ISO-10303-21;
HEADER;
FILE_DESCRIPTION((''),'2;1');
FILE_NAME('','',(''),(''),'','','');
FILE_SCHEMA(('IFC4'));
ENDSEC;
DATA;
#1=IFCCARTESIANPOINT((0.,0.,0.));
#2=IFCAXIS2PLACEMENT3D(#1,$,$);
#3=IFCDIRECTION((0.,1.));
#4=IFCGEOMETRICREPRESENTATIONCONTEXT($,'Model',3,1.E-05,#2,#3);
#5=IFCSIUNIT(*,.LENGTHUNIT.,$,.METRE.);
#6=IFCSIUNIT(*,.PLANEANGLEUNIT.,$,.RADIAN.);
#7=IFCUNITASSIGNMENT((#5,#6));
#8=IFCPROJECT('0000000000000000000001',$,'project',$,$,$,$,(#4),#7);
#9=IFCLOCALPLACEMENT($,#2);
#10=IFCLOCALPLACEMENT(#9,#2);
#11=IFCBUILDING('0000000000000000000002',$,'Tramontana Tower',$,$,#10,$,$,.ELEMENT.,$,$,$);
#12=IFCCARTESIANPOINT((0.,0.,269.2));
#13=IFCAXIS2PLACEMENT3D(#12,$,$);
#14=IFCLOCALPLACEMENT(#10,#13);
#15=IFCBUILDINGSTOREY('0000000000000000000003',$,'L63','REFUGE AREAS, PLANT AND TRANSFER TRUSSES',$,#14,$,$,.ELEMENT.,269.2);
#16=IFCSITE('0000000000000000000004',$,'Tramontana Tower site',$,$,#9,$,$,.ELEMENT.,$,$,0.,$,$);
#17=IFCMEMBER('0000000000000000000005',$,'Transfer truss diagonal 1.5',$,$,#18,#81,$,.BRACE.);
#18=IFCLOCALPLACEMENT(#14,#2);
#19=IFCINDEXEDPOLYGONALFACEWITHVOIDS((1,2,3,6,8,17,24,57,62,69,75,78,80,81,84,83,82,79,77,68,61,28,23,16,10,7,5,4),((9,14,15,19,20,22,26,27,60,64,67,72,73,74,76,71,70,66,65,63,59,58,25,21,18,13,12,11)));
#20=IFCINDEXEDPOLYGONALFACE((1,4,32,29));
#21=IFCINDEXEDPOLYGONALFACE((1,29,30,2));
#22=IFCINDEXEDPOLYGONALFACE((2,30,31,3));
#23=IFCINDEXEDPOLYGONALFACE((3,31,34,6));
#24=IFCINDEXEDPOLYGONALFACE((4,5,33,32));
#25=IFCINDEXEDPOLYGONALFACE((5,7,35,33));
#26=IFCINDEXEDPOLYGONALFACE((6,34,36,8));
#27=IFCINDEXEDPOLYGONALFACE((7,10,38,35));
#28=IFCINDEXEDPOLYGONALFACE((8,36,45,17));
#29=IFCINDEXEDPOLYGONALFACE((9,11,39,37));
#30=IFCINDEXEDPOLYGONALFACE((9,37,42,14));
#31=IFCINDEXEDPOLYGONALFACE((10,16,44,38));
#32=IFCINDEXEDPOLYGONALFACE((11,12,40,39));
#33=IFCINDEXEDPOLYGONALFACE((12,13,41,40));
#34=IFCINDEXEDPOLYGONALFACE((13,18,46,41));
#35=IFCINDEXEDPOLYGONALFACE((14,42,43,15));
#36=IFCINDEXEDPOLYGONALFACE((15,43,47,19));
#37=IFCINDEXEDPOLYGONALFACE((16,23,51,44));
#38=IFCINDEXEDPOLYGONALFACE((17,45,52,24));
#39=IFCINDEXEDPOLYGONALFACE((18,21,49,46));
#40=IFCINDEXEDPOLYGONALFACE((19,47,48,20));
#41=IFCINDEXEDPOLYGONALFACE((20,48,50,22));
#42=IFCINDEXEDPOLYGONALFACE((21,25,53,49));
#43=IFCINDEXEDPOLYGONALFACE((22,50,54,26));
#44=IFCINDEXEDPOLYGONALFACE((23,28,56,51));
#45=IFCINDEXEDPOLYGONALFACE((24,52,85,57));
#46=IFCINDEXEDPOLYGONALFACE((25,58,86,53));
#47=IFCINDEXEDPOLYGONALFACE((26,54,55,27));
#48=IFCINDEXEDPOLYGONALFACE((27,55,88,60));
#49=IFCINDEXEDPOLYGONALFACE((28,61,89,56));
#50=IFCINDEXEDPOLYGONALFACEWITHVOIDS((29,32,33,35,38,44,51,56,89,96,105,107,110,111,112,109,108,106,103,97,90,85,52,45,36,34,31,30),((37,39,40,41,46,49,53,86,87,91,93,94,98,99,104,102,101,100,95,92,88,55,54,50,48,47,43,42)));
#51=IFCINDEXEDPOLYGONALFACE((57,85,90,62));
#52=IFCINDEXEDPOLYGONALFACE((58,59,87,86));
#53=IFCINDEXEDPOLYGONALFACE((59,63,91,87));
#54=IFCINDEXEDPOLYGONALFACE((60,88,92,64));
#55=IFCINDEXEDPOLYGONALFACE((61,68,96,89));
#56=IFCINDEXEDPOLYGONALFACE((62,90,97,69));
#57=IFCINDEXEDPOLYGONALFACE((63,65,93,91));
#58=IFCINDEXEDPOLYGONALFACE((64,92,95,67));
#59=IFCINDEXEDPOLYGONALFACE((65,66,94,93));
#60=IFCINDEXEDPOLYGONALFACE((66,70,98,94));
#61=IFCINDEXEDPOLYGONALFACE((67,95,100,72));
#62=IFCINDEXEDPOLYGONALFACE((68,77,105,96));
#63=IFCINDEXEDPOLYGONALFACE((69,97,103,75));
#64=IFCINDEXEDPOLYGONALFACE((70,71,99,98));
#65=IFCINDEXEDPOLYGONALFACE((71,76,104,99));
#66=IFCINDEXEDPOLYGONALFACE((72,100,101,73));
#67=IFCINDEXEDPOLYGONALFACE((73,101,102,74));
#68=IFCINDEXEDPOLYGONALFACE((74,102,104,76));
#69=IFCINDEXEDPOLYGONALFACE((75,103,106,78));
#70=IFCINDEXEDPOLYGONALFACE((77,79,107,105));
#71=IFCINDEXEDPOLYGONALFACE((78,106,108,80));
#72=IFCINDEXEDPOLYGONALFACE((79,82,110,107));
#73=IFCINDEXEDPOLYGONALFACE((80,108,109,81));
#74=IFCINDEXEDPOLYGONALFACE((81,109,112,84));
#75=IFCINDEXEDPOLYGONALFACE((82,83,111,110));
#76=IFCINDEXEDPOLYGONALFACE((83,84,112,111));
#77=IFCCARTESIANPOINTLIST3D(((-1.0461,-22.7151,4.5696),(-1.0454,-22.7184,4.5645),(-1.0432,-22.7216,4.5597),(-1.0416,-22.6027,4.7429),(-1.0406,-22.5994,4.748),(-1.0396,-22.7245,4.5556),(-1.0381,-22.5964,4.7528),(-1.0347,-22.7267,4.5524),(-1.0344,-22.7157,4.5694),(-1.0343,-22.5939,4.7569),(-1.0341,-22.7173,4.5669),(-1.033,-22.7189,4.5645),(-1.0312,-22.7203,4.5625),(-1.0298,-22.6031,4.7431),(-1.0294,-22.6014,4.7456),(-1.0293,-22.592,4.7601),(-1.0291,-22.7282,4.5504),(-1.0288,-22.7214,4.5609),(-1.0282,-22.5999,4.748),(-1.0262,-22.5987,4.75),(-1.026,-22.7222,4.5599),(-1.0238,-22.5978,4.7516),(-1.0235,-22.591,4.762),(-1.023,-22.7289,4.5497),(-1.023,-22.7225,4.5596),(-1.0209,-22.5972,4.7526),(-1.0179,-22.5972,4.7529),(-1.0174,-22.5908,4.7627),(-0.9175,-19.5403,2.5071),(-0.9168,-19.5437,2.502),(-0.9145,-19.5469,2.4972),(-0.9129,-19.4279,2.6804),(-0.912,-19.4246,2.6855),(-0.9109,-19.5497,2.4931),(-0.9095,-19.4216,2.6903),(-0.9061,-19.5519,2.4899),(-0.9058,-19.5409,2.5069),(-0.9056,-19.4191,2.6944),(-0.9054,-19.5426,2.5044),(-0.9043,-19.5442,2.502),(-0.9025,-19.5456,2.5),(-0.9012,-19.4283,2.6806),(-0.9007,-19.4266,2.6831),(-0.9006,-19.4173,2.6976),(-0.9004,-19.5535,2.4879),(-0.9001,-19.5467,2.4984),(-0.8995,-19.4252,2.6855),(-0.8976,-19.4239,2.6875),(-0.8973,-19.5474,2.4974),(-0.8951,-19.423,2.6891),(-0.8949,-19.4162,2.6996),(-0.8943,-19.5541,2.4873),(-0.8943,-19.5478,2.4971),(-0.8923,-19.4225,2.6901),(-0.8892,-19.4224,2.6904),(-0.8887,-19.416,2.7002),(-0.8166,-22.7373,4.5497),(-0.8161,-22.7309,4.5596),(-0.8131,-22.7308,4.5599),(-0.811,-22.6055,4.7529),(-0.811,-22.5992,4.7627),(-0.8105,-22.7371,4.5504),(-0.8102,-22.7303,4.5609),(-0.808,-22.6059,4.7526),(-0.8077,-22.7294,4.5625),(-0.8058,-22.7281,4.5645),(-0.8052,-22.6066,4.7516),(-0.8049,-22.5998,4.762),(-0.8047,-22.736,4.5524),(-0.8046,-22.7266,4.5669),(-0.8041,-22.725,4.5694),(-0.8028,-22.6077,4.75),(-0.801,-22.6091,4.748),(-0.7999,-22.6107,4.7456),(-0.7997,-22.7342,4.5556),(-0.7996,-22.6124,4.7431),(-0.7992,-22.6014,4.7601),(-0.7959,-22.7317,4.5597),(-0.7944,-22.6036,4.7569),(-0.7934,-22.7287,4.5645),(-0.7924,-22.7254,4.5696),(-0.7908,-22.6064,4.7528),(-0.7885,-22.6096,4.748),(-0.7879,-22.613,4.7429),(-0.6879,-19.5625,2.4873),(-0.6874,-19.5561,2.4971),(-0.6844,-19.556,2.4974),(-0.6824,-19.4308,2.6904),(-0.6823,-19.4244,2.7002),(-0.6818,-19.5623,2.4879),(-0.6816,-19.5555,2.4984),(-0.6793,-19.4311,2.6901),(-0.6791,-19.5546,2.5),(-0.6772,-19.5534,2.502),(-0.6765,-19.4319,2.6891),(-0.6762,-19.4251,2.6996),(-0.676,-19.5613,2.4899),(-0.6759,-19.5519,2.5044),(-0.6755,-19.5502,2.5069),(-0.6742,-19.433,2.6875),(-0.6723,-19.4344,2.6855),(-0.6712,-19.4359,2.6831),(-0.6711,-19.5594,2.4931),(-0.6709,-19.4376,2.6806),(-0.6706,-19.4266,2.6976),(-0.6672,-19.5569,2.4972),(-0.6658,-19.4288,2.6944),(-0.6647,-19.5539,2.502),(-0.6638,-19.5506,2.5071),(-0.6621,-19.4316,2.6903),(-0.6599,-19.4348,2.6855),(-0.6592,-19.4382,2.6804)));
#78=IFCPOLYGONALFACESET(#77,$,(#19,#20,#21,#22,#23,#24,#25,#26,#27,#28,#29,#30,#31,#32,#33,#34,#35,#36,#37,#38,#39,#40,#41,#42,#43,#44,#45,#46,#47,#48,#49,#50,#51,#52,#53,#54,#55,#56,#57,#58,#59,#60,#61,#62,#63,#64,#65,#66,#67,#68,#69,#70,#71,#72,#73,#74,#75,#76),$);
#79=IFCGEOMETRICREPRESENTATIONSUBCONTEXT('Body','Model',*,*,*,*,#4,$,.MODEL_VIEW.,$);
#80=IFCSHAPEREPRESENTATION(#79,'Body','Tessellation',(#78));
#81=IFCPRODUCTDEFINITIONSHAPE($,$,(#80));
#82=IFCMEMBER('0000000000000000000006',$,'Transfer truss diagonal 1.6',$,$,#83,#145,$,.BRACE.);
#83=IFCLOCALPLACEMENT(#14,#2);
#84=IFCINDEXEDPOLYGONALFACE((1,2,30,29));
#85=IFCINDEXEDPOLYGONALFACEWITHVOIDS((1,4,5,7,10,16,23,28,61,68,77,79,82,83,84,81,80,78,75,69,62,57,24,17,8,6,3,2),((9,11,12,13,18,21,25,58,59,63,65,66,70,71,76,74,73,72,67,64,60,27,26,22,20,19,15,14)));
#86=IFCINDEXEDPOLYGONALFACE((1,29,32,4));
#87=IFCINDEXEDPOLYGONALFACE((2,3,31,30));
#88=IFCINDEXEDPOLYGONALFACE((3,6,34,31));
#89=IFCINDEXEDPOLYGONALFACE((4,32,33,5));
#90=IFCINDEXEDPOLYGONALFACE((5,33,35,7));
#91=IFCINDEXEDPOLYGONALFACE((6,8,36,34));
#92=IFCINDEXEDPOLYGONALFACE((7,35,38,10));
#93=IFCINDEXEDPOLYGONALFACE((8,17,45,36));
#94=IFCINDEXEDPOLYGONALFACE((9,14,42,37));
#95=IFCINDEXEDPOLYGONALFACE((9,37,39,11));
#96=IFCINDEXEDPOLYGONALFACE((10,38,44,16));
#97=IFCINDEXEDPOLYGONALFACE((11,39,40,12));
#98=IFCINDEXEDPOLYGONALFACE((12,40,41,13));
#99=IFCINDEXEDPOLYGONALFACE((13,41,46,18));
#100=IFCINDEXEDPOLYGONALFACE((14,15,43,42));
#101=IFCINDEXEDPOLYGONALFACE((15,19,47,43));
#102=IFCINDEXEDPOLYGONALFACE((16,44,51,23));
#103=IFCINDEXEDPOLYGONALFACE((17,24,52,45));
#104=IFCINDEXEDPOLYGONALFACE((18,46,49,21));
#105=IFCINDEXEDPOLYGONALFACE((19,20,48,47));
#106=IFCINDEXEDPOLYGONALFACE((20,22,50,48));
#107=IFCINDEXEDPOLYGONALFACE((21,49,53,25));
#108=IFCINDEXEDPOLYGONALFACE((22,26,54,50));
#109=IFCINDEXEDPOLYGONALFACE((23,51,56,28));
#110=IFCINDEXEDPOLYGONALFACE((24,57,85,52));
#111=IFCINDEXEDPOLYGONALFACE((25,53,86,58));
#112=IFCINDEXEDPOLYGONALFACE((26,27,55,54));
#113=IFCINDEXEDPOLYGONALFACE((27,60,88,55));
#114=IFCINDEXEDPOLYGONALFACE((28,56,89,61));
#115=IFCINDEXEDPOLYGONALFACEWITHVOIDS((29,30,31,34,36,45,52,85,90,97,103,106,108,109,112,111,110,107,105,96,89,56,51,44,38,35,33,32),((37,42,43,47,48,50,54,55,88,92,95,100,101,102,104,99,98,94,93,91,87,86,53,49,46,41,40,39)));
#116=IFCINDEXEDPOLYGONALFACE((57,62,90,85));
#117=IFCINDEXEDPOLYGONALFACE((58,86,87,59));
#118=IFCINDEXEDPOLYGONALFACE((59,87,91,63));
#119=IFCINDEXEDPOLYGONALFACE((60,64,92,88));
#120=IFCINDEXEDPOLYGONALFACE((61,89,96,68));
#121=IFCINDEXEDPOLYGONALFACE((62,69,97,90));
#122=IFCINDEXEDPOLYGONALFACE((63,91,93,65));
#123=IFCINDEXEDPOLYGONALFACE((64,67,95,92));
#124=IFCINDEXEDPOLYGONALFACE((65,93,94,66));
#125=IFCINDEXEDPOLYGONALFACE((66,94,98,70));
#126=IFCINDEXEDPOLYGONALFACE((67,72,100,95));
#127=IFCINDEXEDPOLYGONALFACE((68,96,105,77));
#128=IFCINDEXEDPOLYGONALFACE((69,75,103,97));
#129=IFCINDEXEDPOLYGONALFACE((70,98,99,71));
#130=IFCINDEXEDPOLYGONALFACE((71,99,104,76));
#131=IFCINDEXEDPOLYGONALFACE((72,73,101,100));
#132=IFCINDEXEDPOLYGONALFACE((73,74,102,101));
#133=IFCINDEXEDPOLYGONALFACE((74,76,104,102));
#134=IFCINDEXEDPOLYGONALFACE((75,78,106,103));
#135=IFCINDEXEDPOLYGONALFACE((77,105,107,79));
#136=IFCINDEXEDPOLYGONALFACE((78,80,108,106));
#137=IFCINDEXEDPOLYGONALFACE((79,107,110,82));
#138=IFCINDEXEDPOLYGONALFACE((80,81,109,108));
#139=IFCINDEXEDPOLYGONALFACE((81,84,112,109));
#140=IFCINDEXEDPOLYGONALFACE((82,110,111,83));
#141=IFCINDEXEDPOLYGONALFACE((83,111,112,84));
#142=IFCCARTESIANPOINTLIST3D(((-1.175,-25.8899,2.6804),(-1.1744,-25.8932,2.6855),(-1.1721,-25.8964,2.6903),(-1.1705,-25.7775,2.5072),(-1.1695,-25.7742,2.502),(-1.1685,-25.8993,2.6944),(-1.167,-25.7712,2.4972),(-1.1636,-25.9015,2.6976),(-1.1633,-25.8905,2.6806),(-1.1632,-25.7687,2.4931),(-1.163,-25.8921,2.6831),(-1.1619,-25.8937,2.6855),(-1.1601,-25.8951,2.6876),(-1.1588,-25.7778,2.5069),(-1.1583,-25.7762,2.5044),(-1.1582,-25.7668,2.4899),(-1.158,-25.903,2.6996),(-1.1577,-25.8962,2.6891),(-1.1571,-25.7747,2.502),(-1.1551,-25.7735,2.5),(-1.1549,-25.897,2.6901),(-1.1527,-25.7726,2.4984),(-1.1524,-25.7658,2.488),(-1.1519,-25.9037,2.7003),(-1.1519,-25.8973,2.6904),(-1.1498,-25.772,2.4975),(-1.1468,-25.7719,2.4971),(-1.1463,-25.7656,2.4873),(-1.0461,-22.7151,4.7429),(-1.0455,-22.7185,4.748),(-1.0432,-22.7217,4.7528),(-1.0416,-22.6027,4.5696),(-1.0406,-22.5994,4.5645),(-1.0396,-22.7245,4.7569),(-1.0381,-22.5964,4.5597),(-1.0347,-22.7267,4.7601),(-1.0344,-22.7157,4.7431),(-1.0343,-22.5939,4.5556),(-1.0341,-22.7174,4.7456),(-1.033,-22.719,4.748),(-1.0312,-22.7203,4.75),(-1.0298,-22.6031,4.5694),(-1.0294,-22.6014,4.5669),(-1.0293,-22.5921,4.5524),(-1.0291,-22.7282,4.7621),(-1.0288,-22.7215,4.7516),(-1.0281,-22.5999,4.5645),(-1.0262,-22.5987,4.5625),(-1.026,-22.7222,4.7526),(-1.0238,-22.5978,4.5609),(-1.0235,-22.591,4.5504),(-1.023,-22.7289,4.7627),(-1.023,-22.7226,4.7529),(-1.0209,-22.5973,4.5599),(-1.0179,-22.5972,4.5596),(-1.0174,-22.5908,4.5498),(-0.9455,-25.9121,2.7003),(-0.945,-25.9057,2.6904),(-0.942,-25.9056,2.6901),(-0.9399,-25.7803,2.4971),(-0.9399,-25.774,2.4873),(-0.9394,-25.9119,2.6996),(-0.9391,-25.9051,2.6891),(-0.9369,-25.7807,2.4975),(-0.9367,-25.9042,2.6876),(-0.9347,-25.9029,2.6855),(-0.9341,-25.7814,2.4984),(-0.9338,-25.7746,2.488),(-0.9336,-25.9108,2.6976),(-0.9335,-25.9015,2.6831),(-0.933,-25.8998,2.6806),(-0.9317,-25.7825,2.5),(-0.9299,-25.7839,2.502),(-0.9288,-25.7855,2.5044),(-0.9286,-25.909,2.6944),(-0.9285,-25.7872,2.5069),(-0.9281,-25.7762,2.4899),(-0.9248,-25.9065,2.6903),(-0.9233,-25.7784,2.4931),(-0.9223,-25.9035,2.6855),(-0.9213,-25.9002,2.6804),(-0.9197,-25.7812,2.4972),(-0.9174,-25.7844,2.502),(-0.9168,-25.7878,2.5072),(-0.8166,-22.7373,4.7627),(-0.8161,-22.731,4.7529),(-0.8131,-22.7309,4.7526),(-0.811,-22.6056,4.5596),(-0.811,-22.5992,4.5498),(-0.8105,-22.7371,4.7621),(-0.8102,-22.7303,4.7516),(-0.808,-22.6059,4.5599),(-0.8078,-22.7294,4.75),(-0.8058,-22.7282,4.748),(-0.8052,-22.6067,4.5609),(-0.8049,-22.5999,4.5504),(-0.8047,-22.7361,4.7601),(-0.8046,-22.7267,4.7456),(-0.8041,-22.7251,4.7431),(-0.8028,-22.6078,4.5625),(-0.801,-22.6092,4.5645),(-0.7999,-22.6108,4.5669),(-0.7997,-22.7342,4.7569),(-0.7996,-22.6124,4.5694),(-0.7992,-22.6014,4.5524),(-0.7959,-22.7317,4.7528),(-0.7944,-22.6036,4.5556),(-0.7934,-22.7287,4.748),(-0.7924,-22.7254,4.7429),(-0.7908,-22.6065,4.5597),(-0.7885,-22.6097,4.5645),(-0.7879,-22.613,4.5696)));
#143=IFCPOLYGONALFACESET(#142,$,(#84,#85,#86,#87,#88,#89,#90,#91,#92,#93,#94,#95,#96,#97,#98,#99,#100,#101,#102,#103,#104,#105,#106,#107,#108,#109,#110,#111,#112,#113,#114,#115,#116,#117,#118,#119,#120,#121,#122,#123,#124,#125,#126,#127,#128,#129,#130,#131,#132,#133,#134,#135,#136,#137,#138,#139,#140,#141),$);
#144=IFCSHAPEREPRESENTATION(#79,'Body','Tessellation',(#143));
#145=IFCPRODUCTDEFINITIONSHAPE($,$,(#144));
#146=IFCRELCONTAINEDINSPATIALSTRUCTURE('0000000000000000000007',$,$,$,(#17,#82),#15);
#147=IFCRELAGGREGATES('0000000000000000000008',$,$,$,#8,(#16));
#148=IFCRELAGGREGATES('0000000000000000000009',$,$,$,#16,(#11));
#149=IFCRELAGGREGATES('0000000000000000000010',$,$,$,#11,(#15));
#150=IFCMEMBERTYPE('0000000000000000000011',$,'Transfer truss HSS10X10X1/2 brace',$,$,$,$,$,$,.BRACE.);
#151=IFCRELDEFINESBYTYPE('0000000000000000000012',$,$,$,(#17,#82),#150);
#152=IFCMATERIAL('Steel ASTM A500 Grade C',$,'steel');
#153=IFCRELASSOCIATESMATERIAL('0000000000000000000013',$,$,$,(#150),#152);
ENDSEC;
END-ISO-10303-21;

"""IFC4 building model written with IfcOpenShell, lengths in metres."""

from ifc_helpers import new_model, si_unit, direction, frame, origin, origin_2d, place, context, subcontext, project, spatial, hollow_rectangle, extrude, material, material_profile, profile_set, type_object, element, save


model = new_model("IFC4")

# Units and contexts
model_context = context("Model", 3, precision=1e-05, world=origin(), true_north=direction((0.0, 1.0)))
body_context = subcontext(model_context, "Body", "Model", "MODEL_VIEW")
ifc_project = project(units=[si_unit("LENGTHUNIT", "METRE"), si_unit("PLANEANGLEUNIT", "RADIAN")], contexts=[model_context])

# Site, building, storey
site_placement = place(None, origin())
site = spatial("IfcSite", under=ifc_project, at=site_placement, Name="Tramontana Tower site", CompositionType="ELEMENT", RefElevation=0.0)
building_placement = place(site_placement, origin())
building = spatial("IfcBuilding", under=site, at=building_placement, Name="Tramontana Tower", CompositionType="ELEMENT")
storey_placement = place(building_placement, frame((0.0, 0.0, 269.2)))
storey = spatial("IfcBuildingStorey", under=building, at=storey_placement, Name="L63", Description="REFUGE AREAS, PLANT AND TRANSFER TRUSSES", CompositionType="ELEMENT", Elevation=269.2)

# Members
ifc_material_1 = material(Name="Steel ASTM A500 Grade C", Category="steel")
ifc_material_profile_1 = material_profile(ifc_material_1, hollow_rectangle(XDim=0.2539, YDim=0.2539, WallThickness=0.0117, InnerFilletRadius=0.0117, OuterFilletRadius=0.0237, at=origin_2d()), Name="HSS10X10X1/2")
ifc_profile_set_1 = profile_set([ifc_material_profile_1], Name="Steel ASTM A500 Grade C")
member_type_1 = type_object("IfcMemberType", Name="Transfer truss HSS10X10X1/2 brace", PredefinedType="BRACE", material=ifc_profile_set_1)
for number, where, z_axis, x_axis, name in (
    (1, (-0.7883, -19.4893, 2.5938), (-0.033965, -0.838095, 0.544465), (0.99918, -0.040493, 0.0), "Transfer truss diagonal 1.5"),
    (2, (-0.917, -22.6641, 4.6562), (-0.034029, -0.838093, -0.544464), (0.999177, -0.040569, 0.0), "Transfer truss diagonal 1.6"),
):
    element("IfcMember", number, at=place(storey_placement, frame(where, z_axis=z_axis, x_axis=x_axis)), inside=storey, type_object=member_type_1, Name=name, PredefinedType="BRACE", context=body_context, shape_type="SweptSolid", body=[
        extrude(hollow_rectangle(XDim=0.2539, YDim=0.2539, WallThickness=0.0117, InnerFilletRadius=0.0117, OuterFilletRadius=0.0237, at=origin_2d()), origin(), (0.0, 0.0, 1.0), 3.7881),
    ])

save(model, "model.ifc")
